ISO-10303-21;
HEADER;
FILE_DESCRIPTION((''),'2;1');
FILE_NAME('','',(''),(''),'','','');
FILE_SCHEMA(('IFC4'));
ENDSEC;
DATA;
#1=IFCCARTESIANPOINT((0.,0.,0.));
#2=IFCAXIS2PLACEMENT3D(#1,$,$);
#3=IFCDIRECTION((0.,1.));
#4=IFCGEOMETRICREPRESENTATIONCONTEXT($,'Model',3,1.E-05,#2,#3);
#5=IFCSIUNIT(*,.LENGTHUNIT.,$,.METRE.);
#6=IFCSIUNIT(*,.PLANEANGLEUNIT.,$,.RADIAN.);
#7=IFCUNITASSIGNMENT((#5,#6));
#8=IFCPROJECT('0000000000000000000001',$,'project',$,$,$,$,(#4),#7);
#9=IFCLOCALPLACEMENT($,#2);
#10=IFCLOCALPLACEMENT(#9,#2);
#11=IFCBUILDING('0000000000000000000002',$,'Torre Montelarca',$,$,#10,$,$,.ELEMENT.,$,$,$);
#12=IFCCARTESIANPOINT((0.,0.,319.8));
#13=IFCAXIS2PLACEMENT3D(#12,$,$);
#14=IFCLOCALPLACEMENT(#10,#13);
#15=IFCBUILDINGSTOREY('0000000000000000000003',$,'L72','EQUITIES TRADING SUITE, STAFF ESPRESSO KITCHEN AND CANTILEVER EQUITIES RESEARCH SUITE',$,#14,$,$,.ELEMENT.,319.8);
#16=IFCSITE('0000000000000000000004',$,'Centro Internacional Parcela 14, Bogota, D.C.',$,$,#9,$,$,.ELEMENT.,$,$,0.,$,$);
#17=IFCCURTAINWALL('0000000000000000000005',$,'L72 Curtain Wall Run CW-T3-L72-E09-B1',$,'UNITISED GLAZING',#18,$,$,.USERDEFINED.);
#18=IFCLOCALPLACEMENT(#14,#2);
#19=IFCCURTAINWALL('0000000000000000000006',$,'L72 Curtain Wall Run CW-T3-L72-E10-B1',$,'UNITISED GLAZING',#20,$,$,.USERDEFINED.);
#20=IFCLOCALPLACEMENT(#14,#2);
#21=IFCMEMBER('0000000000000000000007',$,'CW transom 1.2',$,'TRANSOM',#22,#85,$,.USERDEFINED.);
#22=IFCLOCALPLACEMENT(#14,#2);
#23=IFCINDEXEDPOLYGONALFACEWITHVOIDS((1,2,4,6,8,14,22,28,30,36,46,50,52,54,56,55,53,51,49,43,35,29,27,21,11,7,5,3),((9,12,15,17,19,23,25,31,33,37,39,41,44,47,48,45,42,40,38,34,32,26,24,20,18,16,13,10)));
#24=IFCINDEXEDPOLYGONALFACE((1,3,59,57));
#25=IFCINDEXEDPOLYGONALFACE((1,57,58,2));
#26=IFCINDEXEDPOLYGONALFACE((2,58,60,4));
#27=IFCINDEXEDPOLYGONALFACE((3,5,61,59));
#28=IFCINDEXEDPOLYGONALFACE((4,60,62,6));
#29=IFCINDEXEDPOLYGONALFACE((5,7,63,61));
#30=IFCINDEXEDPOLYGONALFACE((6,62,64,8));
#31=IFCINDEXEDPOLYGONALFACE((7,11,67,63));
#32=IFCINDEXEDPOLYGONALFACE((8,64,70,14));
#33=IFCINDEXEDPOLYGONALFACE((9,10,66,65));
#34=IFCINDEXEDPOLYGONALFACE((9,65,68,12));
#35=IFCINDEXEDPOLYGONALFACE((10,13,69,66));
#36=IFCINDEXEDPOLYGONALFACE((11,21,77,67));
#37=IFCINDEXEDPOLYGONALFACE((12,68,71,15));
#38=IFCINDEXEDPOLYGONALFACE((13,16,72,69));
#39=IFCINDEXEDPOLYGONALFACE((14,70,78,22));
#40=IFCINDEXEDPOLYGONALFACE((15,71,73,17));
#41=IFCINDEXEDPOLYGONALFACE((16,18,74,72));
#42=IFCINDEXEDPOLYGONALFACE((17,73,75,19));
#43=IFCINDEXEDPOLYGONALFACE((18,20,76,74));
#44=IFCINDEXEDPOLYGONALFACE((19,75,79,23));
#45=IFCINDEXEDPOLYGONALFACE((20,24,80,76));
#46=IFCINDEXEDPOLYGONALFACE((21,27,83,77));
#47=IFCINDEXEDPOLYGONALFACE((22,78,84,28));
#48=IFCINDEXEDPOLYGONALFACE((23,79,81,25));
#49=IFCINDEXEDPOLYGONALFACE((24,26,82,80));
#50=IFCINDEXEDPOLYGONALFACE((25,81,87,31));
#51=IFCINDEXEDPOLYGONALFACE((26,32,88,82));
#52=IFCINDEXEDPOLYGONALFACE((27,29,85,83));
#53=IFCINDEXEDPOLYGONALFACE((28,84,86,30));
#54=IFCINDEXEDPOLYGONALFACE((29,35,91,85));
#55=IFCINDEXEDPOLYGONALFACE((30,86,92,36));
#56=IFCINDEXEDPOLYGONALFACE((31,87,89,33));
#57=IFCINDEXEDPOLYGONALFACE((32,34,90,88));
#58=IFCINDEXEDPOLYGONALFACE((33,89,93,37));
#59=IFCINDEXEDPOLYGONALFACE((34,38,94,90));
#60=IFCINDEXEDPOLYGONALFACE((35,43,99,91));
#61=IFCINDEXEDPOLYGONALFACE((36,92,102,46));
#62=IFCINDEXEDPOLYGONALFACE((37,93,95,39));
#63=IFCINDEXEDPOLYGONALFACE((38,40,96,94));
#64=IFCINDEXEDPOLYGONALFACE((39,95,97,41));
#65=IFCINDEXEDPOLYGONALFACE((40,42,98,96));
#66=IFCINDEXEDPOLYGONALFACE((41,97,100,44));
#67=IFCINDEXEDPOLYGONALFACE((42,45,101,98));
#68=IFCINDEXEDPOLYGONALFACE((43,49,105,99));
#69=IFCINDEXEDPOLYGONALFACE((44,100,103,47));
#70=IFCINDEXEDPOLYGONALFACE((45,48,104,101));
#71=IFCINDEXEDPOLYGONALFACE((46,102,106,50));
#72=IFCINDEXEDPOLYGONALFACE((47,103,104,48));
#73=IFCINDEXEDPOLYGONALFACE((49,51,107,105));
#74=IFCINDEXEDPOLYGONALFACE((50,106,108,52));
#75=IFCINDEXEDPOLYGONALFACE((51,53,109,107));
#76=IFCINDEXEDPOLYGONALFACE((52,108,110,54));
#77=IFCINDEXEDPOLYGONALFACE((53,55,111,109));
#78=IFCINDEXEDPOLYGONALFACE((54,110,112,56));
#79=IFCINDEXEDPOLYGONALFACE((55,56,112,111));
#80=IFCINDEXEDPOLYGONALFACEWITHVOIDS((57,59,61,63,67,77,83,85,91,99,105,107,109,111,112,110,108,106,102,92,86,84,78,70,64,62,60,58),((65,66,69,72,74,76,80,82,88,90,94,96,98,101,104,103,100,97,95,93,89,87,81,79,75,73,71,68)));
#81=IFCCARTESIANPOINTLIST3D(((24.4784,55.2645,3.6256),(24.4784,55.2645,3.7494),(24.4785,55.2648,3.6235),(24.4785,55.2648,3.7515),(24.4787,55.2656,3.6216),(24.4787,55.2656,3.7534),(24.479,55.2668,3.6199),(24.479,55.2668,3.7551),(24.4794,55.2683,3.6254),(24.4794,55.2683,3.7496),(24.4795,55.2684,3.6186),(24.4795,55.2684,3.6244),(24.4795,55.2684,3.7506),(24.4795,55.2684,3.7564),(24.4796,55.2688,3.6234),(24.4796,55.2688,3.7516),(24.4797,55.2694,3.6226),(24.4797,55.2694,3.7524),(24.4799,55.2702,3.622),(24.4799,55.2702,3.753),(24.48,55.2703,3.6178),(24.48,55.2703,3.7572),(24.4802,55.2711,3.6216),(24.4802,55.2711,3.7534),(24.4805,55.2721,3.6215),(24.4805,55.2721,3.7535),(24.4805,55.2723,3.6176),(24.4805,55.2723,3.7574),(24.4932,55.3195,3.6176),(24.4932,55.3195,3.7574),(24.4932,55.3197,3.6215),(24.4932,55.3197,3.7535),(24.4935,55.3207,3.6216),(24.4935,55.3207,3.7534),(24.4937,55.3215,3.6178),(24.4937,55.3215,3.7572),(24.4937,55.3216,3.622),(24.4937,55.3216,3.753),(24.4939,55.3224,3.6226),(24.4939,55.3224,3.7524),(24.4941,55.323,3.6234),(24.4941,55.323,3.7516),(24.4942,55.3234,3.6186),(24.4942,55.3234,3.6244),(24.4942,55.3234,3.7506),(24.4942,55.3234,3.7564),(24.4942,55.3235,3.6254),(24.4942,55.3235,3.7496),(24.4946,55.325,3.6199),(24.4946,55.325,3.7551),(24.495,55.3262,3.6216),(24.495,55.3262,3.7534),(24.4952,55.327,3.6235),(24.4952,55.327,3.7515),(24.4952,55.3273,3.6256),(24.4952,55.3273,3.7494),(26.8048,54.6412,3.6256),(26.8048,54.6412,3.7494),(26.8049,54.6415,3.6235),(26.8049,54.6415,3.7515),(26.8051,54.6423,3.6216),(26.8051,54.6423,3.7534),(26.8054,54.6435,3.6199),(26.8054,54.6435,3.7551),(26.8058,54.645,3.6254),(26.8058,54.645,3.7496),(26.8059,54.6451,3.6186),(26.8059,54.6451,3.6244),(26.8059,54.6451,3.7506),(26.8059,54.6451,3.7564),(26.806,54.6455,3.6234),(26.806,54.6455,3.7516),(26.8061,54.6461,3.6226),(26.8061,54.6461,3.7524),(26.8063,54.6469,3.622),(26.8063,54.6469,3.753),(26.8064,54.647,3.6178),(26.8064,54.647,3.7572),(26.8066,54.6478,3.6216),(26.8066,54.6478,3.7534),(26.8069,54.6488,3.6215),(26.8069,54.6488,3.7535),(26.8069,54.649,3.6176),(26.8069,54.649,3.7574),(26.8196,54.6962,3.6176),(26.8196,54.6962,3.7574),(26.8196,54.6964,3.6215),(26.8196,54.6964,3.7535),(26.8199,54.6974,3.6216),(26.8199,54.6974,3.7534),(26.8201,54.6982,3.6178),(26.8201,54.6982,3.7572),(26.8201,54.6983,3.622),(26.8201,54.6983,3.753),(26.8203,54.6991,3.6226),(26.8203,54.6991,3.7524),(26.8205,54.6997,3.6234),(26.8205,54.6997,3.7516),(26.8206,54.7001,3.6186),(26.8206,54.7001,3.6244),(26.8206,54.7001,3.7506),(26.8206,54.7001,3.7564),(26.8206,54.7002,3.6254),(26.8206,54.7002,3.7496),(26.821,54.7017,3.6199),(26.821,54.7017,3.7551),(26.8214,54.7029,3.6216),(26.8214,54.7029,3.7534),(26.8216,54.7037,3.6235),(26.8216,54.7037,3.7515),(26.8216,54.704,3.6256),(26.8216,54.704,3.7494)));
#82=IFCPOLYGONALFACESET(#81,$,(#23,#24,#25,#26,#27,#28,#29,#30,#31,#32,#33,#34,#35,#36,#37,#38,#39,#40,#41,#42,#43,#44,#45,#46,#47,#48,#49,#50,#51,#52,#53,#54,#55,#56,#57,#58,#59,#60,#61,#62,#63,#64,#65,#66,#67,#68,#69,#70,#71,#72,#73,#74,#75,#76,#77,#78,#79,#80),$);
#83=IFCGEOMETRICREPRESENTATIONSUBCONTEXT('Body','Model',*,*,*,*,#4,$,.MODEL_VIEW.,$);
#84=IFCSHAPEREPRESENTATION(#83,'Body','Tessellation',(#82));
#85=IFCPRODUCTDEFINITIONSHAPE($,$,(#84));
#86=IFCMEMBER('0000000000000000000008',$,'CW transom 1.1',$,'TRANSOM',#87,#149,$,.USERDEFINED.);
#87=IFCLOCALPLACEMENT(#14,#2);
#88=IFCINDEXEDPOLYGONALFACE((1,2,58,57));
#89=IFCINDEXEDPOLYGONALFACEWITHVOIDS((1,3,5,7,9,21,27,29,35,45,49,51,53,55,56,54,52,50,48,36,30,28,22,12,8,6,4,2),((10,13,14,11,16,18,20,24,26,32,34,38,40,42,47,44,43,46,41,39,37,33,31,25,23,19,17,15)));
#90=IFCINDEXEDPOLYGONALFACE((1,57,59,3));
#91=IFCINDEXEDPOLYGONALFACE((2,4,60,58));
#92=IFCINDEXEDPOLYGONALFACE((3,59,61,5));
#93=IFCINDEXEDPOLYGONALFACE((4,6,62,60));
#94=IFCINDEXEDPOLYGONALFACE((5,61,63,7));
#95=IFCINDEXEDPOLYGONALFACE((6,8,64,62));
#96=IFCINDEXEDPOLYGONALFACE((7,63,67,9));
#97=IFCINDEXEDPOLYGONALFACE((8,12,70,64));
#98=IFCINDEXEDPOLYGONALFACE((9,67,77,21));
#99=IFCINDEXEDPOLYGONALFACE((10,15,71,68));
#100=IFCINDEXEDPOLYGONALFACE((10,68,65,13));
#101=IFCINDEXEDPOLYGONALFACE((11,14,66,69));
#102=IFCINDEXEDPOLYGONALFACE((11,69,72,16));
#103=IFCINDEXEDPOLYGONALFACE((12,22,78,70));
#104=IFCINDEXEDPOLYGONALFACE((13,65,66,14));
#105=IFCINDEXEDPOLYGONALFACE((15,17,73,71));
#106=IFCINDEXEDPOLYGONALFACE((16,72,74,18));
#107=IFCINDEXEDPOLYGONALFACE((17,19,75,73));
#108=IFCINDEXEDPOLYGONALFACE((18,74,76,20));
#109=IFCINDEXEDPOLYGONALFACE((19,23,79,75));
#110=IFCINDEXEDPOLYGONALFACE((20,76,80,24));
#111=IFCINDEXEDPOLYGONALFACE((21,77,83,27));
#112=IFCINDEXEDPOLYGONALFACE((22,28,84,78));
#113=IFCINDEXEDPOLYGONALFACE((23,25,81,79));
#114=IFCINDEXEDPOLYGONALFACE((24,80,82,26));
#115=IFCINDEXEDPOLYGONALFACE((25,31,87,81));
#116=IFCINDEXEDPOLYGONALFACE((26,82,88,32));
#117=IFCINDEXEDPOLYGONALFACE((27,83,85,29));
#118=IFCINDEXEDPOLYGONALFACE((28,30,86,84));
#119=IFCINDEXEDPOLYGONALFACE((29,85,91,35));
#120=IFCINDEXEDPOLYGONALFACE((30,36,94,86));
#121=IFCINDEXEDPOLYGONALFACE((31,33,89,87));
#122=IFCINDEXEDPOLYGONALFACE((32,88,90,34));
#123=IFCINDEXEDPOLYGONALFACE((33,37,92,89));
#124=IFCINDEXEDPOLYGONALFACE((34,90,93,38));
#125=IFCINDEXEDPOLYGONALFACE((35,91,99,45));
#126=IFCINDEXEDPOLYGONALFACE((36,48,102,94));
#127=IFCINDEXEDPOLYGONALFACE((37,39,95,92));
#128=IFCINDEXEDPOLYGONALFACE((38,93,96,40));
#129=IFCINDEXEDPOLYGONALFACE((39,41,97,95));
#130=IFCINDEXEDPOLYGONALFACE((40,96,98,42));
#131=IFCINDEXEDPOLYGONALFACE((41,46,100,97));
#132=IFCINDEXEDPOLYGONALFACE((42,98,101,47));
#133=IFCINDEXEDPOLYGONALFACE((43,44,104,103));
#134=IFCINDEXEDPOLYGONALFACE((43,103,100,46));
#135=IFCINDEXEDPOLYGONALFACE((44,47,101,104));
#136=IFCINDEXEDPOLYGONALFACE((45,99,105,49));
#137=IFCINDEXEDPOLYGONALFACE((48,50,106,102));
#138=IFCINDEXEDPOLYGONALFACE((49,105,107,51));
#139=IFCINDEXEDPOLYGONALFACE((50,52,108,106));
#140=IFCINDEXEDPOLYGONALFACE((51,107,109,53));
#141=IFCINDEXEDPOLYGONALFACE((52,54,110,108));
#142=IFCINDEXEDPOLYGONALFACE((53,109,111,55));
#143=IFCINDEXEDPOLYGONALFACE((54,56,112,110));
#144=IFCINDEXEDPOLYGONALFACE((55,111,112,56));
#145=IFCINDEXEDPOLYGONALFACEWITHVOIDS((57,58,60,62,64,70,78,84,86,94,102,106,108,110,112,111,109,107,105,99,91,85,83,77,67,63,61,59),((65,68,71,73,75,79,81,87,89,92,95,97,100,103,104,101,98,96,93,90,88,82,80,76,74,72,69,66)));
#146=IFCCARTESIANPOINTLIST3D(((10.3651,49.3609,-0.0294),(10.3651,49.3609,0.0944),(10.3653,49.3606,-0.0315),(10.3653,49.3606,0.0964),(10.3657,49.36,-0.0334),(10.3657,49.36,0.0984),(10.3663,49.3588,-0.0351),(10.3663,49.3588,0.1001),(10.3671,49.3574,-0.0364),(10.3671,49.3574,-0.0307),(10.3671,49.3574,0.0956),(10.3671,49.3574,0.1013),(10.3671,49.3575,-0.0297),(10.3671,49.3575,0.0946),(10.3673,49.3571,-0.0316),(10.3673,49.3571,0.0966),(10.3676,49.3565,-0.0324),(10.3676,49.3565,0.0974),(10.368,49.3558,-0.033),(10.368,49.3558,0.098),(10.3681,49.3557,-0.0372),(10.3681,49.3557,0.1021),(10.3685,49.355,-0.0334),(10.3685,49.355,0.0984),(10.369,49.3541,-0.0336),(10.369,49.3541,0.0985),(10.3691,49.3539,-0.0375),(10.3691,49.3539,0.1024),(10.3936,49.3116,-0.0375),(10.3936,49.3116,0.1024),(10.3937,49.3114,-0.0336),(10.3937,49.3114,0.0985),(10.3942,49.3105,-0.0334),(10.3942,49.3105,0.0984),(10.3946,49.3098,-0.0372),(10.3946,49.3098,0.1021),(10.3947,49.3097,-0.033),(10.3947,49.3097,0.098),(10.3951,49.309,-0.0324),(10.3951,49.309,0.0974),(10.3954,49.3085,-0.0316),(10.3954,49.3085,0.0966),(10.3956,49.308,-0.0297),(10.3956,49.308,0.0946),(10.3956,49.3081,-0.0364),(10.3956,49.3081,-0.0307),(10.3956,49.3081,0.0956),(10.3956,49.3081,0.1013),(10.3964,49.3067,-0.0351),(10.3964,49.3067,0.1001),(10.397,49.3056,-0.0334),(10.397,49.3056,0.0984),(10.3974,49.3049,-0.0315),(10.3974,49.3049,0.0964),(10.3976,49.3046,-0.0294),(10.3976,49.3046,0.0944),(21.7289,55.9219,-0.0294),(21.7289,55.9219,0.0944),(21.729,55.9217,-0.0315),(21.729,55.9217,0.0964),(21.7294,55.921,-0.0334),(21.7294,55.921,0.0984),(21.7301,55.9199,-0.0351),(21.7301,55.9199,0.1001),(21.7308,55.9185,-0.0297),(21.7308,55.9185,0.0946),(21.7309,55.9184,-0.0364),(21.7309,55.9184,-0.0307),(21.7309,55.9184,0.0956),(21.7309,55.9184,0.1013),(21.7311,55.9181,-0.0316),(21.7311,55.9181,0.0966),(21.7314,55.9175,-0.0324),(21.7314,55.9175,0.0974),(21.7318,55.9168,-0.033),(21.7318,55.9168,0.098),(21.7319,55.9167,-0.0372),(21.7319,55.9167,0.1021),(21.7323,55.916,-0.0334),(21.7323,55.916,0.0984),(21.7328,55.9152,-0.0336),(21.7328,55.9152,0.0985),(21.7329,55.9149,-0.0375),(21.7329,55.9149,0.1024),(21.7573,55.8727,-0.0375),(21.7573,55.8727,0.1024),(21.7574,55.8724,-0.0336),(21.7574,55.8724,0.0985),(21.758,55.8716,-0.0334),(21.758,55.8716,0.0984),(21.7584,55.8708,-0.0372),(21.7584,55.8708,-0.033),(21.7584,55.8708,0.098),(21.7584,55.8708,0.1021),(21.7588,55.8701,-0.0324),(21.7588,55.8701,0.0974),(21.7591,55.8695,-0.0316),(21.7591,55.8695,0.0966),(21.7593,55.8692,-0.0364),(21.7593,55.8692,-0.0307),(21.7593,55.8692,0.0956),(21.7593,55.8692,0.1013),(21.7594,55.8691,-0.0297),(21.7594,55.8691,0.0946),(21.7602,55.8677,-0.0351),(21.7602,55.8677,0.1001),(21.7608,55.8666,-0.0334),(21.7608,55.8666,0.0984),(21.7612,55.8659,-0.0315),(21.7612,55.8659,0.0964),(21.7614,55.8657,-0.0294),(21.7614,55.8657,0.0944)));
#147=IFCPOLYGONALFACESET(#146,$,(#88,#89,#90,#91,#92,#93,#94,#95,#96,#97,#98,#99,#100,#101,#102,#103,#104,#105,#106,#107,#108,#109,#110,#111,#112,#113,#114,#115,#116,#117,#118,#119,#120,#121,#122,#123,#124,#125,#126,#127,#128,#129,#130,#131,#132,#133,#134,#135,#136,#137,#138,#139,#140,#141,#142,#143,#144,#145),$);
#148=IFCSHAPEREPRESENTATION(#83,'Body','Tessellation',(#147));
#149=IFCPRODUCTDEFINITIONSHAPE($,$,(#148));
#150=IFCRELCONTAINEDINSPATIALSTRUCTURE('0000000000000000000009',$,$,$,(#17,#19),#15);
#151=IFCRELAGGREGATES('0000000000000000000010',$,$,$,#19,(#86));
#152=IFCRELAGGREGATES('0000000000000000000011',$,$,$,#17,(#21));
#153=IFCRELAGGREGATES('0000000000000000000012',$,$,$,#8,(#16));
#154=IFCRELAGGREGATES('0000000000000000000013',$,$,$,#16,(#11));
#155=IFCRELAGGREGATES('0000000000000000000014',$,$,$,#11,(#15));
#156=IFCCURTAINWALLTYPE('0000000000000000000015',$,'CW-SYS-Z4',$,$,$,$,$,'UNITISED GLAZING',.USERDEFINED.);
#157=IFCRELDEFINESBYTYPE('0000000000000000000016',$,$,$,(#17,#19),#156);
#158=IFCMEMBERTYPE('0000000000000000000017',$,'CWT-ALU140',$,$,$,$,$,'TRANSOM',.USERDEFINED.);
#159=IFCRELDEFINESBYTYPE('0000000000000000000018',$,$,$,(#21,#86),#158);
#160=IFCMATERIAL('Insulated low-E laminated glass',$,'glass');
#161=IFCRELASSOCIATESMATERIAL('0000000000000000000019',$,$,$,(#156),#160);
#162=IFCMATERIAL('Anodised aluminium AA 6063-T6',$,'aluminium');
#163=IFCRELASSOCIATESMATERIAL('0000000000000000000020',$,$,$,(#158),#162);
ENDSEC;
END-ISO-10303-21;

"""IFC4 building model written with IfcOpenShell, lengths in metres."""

from ifc_helpers import new_model, si_unit, direction, frame, origin, origin_2d, place, context, subcontext, project, spatial, hollow_rectangle, extrude, source, transform, mapped, material, material_profile, profile_set, type_object, element, aggregate, save


model = new_model("IFC4")

# Units and contexts
model_context = context("Model", 3, precision=1e-05, world=origin(), true_north=direction((0.0, 1.0)))
body_context = subcontext(model_context, "Body", "Model", "MODEL_VIEW")
ifc_project = project(units=[si_unit("LENGTHUNIT", "METRE"), si_unit("PLANEANGLEUNIT", "RADIAN")], contexts=[model_context])

# Site, building, storey
site_placement = place(None, origin())
site = spatial("IfcSite", under=ifc_project, at=site_placement, Name="Centro Internacional Parcela 14, Bogota, D.C.", CompositionType="ELEMENT", RefElevation=0.0)
building_placement = place(site_placement, origin())
building = spatial("IfcBuilding", under=site, at=building_placement, Name="Torre Montelarca", CompositionType="ELEMENT")
storey_placement = place(building_placement, frame((0.0, 0.0, 319.8)))
storey = spatial("IfcBuildingStorey", under=building, at=storey_placement, Name="L72", Description="EQUITIES TRADING SUITE, STAFF ESPRESSO KITCHEN AND CANTILEVER EQUITIES RESEARCH SUITE", CompositionType="ELEMENT", Elevation=319.8)

# Curtain wall
ifc_material_1 = material(Name="Insulated low-E laminated glass", Category="glass")
curtain_wall_type = type_object("IfcCurtainWallType", Name="CW-SYS-Z4", ElementType="UNITISED GLAZING", PredefinedType="USERDEFINED", material=ifc_material_1)
ifc_material_2 = material(Name="Anodised aluminium AA 6063-T6", Category="aluminium")
curtain_wall_1_placement = place(storey_placement, origin())
curtain_wall_1 = element("IfcCurtainWall", 1, at=curtain_wall_1_placement, inside=storey, type_object=curtain_wall_type, Name="L72 Curtain Wall Run CW-T3-L72-E09-B1", ObjectType="UNITISED GLAZING", PredefinedType="USERDEFINED")

# Curtain wall
curtain_wall_2_placement = place(storey_placement, origin())
curtain_wall_2 = element("IfcCurtainWall", 2, at=curtain_wall_2_placement, inside=storey, type_object=curtain_wall_type, Name="L72 Curtain Wall Run CW-T3-L72-E10-B1", ObjectType="UNITISED GLAZING", PredefinedType="USERDEFINED")

# Members
ifc_material_profile_1 = material_profile(ifc_material_2, hollow_rectangle(XDim=0.0649, YDim=0.1399, WallThickness=0.0039, InnerFilletRadius=0.0039, OuterFilletRadius=0.0081, at=origin_2d()), Name="ALU65X140X4", Category="aluminium")
ifc_profile_set_1 = profile_set([ifc_material_profile_1], Name="Anodised aluminium AA 6063-T6")
member_type_1 = type_object("IfcMemberType", Name="CWT-ALU140", ElementType="TRANSOM", PredefinedType="USERDEFINED", material=ifc_profile_set_1)
shared_shape_1 = source(origin(), body_context, "Body", "SweptSolid", [
    extrude(hollow_rectangle(XDim=0.0649, YDim=0.1399, WallThickness=0.0039, InnerFilletRadius=0.0039, OuterFilletRadius=0.0081, at=origin_2d()), origin(), (0.0, 0.0, 1.0), 2.4084),
])
member_1_placement = place(storey_placement, frame((26.8132, 54.6726, 3.6875), z_axis=(-0.965933, 0.258792, 0.0), x_axis=(-0.258792, -0.965933, 0.0)))
member_1 = element("IfcMember", 3, at=member_1_placement, type_object=member_type_1, Name="CW transom 1.2", ObjectType="TRANSOM", PredefinedType="USERDEFINED", context=body_context, shape_type="MappedRepresentation", body=[
    mapped(shared_shape_1, transform((0.0, 0.0, 0.0), scale=1.0)),
])
shared_shape_2 = source(origin(), body_context, "Body", "SweptSolid", [
    extrude(hollow_rectangle(XDim=0.0649, YDim=0.1399, WallThickness=0.0039, InnerFilletRadius=0.0039, OuterFilletRadius=0.0081, at=origin_2d()), origin(), (0.0, 0.0, 1.0), 13.1218),
])
member_2_placement = place(storey_placement, frame((21.7451, 55.8938, 0.0325), z_axis=(-0.86602, -0.500009, 0.0), x_axis=(0.500009, -0.86602, 0.0)))
member_2 = element("IfcMember", 4, at=member_2_placement, type_object=member_type_1, Name="CW transom 1.1", ObjectType="TRANSOM", PredefinedType="USERDEFINED", context=body_context, shape_type="MappedRepresentation", body=[
    mapped(shared_shape_2, transform((0.0, 0.0, 0.0), scale=1.0)),
])
aggregate(curtain_wall_2, [member_2])

aggregate(curtain_wall_1, [member_1])

save(model, "model.ifc")
